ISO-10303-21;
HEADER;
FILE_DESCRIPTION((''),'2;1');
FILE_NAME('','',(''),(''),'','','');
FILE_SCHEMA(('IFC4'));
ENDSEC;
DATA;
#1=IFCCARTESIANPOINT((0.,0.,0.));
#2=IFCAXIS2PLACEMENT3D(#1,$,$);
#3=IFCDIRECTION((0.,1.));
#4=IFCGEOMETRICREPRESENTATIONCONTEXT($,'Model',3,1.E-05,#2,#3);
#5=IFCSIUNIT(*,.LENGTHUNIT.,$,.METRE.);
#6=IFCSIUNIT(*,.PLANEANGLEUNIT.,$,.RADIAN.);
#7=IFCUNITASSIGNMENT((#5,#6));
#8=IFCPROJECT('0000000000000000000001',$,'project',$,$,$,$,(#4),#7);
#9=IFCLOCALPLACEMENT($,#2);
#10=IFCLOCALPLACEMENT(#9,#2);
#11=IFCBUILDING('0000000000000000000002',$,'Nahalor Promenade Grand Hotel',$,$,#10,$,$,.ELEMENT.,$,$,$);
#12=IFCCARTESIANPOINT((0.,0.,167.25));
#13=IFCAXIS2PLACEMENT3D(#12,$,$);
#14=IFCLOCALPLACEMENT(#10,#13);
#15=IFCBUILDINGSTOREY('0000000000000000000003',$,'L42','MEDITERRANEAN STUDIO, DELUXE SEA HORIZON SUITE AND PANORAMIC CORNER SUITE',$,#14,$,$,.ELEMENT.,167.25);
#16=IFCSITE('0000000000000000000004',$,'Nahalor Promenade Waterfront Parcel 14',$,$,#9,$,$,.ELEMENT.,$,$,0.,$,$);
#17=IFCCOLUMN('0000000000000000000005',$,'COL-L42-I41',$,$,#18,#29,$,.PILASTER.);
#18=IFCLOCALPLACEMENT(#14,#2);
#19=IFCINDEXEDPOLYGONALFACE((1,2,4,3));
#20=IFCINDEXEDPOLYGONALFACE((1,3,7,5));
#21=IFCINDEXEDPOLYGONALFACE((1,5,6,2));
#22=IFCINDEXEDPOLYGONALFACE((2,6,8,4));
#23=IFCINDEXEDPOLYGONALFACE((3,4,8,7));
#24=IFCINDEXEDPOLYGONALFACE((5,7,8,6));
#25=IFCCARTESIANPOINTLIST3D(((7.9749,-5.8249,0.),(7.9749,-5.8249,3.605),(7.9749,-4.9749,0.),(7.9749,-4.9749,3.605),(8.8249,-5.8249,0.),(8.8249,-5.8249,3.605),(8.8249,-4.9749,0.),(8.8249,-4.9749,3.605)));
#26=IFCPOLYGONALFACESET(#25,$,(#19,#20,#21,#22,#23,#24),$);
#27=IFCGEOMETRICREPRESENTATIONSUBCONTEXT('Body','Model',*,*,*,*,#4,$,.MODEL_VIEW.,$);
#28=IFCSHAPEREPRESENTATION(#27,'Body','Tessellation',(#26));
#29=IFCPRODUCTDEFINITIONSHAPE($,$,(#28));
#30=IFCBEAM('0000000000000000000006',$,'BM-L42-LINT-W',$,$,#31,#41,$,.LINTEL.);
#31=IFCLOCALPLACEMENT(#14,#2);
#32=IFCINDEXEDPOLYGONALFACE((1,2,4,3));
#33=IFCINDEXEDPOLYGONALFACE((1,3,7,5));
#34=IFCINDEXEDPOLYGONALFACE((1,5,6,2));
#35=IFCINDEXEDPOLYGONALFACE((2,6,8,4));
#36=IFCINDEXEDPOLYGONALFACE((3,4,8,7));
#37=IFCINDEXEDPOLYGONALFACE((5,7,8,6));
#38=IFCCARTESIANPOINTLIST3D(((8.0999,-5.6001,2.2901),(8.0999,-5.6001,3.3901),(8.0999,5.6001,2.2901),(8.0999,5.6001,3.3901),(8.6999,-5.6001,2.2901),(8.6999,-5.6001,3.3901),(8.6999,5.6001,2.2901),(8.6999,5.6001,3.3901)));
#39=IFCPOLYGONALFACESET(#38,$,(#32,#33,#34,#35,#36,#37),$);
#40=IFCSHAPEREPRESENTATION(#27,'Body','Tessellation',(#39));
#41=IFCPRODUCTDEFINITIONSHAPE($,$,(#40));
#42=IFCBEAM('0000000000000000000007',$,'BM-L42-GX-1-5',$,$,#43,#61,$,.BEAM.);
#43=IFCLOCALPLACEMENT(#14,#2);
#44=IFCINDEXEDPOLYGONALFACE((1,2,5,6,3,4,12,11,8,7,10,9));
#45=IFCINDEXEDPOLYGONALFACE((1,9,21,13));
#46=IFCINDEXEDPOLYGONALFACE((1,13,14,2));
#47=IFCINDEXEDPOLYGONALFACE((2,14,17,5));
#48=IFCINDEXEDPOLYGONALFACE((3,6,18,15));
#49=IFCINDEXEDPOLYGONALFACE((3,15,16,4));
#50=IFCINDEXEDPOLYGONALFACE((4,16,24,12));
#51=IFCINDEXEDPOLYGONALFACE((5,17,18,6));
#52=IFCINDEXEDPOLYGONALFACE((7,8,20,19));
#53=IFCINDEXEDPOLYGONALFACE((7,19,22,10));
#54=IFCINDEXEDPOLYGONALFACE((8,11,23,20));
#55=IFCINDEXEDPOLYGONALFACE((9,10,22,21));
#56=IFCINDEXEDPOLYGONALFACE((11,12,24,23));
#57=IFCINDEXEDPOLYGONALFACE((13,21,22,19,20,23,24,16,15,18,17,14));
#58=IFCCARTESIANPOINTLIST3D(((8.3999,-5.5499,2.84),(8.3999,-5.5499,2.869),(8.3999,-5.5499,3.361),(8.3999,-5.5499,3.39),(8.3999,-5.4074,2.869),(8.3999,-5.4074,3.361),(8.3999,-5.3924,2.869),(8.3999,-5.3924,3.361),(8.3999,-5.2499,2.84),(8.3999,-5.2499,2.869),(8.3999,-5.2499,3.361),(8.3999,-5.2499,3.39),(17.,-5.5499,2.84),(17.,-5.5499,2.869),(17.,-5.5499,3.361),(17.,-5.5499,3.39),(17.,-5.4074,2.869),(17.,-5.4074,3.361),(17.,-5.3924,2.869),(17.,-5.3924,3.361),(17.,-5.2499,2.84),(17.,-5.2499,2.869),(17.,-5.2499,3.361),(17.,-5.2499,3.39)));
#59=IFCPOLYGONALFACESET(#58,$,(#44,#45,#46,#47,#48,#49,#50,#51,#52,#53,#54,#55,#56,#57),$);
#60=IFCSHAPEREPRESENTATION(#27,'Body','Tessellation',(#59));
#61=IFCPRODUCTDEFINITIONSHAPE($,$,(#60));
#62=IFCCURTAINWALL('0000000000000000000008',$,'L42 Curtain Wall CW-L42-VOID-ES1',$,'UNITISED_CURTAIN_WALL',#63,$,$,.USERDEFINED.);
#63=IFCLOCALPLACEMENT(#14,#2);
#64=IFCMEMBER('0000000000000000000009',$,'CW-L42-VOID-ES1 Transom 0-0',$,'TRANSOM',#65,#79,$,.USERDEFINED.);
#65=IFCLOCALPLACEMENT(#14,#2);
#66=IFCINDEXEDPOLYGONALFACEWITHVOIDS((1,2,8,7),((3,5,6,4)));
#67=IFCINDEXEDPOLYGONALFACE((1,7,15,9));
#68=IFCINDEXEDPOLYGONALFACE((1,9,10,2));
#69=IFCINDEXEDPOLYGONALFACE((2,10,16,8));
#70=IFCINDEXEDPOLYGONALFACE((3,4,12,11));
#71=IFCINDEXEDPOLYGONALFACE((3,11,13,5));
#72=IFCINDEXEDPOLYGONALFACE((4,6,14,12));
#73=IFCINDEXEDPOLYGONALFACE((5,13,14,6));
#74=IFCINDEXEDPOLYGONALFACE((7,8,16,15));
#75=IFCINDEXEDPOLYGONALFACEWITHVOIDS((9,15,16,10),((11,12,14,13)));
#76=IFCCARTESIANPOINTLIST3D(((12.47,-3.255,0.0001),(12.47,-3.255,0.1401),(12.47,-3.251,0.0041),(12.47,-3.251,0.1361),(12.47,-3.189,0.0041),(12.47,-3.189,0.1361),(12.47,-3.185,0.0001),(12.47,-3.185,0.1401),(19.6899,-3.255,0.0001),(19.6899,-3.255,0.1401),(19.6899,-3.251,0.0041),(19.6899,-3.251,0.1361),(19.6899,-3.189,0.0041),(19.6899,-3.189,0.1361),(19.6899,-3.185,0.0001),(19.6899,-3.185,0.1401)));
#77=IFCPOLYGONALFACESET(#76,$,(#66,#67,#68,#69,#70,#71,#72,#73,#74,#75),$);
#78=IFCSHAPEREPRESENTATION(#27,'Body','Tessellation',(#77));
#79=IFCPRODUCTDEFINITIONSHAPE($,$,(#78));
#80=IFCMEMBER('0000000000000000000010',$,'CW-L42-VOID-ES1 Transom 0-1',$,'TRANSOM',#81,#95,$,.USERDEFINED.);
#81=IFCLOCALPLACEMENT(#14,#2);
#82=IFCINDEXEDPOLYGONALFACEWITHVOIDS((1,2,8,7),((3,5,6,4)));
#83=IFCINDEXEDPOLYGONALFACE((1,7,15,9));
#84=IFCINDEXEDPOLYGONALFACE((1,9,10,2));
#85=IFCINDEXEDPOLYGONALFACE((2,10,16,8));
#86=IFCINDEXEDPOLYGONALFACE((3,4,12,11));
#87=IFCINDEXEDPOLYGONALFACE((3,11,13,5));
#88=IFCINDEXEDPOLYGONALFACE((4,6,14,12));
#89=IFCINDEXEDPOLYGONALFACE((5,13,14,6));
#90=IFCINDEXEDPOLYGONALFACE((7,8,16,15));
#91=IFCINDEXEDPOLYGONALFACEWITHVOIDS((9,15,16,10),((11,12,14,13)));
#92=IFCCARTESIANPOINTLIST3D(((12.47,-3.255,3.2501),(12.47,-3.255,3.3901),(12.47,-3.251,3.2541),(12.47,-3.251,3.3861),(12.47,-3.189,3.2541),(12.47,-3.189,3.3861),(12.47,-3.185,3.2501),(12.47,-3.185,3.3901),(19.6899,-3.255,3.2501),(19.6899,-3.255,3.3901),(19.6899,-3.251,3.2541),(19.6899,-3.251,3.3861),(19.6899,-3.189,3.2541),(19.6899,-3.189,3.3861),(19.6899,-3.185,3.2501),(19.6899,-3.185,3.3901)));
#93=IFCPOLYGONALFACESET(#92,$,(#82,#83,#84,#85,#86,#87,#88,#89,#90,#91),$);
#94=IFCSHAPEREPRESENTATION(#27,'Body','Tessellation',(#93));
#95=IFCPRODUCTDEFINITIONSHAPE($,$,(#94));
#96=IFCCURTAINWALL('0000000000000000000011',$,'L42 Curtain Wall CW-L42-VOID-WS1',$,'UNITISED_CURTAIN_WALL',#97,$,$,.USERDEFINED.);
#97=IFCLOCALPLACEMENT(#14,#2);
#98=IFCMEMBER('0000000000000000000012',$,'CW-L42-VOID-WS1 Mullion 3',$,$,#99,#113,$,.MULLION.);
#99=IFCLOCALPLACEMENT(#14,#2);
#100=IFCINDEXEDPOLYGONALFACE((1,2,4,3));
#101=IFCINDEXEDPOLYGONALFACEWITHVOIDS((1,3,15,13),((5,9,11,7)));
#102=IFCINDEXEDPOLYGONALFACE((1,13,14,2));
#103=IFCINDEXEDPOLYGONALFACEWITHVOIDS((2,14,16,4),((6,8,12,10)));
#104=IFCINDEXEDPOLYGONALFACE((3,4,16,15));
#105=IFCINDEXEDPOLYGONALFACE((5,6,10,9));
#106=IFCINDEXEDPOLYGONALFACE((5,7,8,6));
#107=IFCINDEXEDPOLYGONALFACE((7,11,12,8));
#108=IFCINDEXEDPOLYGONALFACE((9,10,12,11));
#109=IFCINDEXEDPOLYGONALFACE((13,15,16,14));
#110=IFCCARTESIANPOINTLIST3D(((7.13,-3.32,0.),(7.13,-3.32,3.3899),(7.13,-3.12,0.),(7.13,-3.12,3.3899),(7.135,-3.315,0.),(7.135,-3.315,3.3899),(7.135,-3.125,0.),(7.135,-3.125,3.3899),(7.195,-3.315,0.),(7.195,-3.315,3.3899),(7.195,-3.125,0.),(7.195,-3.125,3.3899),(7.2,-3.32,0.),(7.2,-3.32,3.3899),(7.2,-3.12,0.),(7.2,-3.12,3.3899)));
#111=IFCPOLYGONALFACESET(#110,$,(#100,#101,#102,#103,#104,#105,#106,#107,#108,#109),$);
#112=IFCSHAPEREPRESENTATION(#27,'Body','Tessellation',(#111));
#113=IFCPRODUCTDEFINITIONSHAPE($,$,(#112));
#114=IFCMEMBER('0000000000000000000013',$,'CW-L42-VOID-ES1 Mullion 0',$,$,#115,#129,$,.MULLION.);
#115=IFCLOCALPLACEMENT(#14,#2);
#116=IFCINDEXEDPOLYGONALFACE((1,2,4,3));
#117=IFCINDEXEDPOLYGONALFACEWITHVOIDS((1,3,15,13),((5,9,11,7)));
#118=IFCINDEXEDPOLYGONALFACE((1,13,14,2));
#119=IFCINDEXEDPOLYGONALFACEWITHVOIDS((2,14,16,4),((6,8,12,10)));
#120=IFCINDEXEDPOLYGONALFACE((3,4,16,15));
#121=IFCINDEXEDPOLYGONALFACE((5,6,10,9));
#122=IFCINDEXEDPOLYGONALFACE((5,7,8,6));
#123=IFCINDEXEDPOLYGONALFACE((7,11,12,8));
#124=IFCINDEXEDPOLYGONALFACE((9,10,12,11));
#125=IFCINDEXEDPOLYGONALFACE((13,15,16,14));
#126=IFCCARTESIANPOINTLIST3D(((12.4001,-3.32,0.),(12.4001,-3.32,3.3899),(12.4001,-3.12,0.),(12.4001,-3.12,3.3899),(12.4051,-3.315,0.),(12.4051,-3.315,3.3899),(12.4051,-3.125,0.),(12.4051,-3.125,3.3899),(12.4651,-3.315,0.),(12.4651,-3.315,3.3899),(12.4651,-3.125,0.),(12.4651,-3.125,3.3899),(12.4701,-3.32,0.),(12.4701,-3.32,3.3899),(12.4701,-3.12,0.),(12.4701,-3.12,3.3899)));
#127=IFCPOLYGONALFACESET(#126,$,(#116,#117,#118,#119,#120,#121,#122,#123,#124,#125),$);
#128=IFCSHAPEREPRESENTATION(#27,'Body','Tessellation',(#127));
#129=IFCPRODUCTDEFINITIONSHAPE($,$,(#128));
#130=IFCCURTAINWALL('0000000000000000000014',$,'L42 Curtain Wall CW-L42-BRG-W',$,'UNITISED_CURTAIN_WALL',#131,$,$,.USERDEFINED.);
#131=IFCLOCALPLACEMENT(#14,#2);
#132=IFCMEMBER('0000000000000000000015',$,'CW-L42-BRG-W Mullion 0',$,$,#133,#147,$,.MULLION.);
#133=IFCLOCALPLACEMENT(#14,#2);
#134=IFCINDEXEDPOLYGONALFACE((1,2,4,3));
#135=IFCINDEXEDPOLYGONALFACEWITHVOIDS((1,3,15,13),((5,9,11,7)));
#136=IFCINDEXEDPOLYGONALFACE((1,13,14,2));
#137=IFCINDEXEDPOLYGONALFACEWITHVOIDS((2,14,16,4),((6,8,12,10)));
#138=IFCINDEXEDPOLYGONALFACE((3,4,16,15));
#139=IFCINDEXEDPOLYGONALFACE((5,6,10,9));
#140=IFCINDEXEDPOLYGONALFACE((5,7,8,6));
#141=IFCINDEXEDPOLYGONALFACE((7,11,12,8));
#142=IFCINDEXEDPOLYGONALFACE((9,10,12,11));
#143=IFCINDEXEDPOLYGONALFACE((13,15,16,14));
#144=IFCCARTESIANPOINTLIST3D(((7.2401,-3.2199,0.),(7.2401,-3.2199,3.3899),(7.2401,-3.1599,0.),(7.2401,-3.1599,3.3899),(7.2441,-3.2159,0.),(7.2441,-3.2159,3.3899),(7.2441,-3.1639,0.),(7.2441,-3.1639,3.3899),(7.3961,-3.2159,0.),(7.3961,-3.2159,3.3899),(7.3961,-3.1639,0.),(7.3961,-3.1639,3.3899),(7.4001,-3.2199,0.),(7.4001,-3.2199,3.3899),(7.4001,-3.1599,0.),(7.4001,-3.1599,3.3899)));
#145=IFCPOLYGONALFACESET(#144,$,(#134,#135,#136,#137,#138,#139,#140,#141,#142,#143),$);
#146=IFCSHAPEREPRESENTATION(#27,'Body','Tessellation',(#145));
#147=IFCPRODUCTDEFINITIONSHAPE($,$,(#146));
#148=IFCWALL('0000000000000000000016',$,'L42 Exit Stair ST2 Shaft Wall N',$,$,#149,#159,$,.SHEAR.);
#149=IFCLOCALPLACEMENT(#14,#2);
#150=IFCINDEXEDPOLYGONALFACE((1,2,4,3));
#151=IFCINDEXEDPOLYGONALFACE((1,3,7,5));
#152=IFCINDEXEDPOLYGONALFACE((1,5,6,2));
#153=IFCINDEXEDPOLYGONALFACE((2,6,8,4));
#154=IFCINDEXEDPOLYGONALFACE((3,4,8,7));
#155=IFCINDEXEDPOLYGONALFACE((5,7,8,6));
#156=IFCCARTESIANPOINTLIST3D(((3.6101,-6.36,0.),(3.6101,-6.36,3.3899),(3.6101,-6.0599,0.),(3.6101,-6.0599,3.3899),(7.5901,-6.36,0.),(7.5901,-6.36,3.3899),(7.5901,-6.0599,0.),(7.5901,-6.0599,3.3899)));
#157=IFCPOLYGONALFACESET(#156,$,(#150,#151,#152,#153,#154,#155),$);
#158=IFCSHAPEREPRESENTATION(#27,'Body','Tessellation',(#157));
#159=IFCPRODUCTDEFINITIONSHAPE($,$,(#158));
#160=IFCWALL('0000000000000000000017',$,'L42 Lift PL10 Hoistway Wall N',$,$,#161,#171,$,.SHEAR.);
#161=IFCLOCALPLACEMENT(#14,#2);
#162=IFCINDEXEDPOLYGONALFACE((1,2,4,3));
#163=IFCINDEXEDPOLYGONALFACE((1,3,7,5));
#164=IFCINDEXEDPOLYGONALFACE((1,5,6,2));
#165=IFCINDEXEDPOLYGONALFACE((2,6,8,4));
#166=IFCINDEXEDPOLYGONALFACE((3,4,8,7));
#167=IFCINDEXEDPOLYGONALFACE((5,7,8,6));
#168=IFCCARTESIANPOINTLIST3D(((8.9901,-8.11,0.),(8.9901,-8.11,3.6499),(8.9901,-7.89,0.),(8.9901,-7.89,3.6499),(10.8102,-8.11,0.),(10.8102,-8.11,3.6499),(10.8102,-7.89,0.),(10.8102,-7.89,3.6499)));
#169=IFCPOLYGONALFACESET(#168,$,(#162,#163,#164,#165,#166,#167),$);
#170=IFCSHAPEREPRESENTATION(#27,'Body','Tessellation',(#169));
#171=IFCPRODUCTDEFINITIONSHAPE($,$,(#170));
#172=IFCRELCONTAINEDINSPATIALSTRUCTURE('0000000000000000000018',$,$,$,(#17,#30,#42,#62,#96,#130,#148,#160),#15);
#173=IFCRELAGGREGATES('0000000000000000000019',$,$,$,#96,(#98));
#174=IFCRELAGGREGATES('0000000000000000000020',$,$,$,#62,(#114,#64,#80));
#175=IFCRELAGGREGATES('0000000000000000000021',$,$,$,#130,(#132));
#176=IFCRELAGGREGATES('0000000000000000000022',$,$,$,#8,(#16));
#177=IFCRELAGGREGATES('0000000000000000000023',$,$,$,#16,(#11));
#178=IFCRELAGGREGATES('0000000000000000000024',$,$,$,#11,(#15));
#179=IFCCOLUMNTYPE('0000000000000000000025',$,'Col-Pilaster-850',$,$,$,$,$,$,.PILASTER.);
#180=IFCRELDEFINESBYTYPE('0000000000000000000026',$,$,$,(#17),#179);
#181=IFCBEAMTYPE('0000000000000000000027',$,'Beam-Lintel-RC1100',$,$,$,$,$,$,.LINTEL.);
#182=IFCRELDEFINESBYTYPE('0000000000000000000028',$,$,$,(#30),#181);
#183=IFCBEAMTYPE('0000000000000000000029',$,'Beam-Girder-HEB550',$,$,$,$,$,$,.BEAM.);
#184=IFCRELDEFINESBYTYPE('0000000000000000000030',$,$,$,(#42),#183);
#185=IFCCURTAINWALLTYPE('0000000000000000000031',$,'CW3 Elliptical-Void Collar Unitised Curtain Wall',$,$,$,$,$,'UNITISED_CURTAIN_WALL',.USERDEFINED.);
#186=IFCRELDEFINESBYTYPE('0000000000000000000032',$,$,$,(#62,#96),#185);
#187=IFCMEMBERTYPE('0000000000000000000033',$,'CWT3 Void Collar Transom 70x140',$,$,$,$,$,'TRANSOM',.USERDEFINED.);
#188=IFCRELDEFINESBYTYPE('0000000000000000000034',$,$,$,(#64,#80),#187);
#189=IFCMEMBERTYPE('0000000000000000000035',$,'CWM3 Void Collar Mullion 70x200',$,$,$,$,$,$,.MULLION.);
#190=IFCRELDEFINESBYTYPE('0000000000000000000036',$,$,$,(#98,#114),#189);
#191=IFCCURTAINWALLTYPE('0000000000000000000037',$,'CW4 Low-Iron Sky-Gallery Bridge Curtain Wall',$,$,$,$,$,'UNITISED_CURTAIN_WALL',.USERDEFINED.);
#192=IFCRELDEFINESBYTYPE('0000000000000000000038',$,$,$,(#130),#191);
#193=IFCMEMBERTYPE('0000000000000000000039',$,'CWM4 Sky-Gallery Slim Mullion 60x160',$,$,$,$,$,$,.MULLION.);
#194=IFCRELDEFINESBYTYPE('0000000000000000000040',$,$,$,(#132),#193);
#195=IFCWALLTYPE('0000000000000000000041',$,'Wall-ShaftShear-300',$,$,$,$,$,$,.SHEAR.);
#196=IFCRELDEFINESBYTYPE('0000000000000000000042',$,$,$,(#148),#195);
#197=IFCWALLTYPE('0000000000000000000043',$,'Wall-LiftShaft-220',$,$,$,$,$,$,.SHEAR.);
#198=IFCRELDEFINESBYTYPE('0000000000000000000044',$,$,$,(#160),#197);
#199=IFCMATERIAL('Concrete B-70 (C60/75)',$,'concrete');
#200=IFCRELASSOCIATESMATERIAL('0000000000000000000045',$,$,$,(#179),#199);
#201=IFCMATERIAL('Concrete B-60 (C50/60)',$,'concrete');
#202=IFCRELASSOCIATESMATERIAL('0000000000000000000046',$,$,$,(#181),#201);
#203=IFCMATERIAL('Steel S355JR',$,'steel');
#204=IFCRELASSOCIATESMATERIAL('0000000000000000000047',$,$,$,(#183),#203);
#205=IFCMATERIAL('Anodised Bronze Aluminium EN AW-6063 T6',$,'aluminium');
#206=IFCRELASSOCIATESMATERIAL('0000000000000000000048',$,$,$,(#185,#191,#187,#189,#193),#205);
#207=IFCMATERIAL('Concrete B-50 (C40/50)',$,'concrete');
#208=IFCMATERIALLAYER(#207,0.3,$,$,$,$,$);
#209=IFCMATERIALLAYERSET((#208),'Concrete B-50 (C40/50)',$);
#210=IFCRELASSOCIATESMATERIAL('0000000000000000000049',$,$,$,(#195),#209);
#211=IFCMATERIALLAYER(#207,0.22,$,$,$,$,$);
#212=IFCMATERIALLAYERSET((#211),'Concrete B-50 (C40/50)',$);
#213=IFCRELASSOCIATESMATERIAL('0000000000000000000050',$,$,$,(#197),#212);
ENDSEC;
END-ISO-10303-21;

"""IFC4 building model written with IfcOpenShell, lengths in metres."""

from ifc_helpers import new_model, si_unit, direction, frame, frame_2d, origin, origin_2d, place, context, subcontext, project, spatial, rectangle, hollow_rectangle, i_section, extrude, source, transform, mapped, material, layer, layer_set, material_profile, profile_set, type_object, element, aggregate, save


model = new_model("IFC4")

# Units and contexts
model_context = context("Model", 3, precision=1e-05, world=origin(), true_north=direction((0.0, 1.0)))
body_context = subcontext(model_context, "Body", "Model", "MODEL_VIEW")
ifc_project = project(units=[si_unit("LENGTHUNIT", "METRE"), si_unit("PLANEANGLEUNIT", "RADIAN")], contexts=[model_context])

# Site, building, storey
site_placement = place(None, origin())
site = spatial("IfcSite", under=ifc_project, at=site_placement, Name="Nahalor Promenade Waterfront Parcel 14", CompositionType="ELEMENT", RefElevation=0.0)
building_placement = place(site_placement, origin())
building = spatial("IfcBuilding", under=site, at=building_placement, Name="Nahalor Promenade Grand Hotel", CompositionType="ELEMENT")
storey_placement = place(building_placement, frame((0.0, 0.0, 167.25)))
storey = spatial("IfcBuildingStorey", under=building, at=storey_placement, Name="L42", Description="MEDITERRANEAN STUDIO, DELUXE SEA HORIZON SUITE AND PANORAMIC CORNER SUITE", CompositionType="ELEMENT", Elevation=167.25)

# Column
ifc_material_1 = material(Name="Concrete B-70 (C60/75)", Category="concrete")
ifc_material_profile_1 = material_profile(ifc_material_1, rectangle(XDim=0.85, YDim=0.85, at=origin_2d()), Name="RC 850x850")
ifc_profile_set_1 = profile_set([ifc_material_profile_1], Name="Concrete B-70 (C60/75)")
column_type = type_object("IfcColumnType", Name="Col-Pilaster-850", PredefinedType="PILASTER", material=ifc_profile_set_1)
shared_shape_1 = source(origin(), body_context, "Body", "SweptSolid", [
    extrude(rectangle(XDim=0.85, YDim=0.85, at=origin_2d()), origin(), (0.0, 0.0, 1.0), 3.605),
])
column_placement = place(storey_placement, frame((8.3999, -5.3999, 0.0), z_axis=(0.0, 0.0, 1.0), x_axis=(1.0, 0.0, 0.0)))
element("IfcColumn", 1, at=column_placement, inside=storey, type_object=column_type, Name="COL-L42-I41", PredefinedType="PILASTER", context=body_context, shape_type="MappedRepresentation", body=[
    mapped(shared_shape_1, transform((0.0, 0.0, 0.0), scale=1.0)),
])

# Beams
ifc_material_2 = material(Name="Concrete B-60 (C50/60)", Category="concrete")
ifc_material_profile_2 = material_profile(ifc_material_2, rectangle(XDim=0.6, YDim=1.1, at=origin_2d()), Name="RC 600x1100")
ifc_profile_set_2 = profile_set([ifc_material_profile_2], Name="Concrete B-60 (C50/60)")
beam_type_1 = type_object("IfcBeamType", Name="Beam-Lintel-RC1100", PredefinedType="LINTEL", material=ifc_profile_set_2)
shared_shape_2 = source(origin(), body_context, "Body", "SweptSolid", [
    extrude(rectangle(XDim=0.6, YDim=1.1, at=origin_2d()), origin(), (0.0, 0.0, 1.0), 11.2002),
])
beam_1_placement = place(storey_placement, frame((8.3999, -5.6001, 2.8401), z_axis=(0.0, 1.0, 0.0), x_axis=(-1.0, 0.0, 0.0)))
element("IfcBeam", 2, at=beam_1_placement, inside=storey, type_object=beam_type_1, Name="BM-L42-LINT-W", PredefinedType="LINTEL", context=body_context, shape_type="MappedRepresentation", body=[
    mapped(shared_shape_2, transform((0.0, 0.0, 0.0), scale=1.0)),
])
ifc_material_3 = material(Name="Steel S355JR", Category="steel")
ifc_material_profile_3 = material_profile(ifc_material_3, i_section(OverallWidth=0.3, OverallDepth=0.55, WebThickness=0.015, FlangeThickness=0.029, at=origin_2d()), Name="HEB 550")
ifc_profile_set_3 = profile_set([ifc_material_profile_3], Name="Steel S355JR")
beam_type_2 = type_object("IfcBeamType", Name="Beam-Girder-HEB550", PredefinedType="BEAM", material=ifc_profile_set_3)
shared_shape_3 = source(origin(), body_context, "Body", "SweptSolid", [
    extrude(i_section(OverallWidth=0.3, OverallDepth=0.55, WebThickness=0.015, FlangeThickness=0.029, at=origin_2d()), origin(), (0.0, 0.0, 1.0), 8.6001),
])
beam_2_placement = place(storey_placement, frame((8.3999, -5.3999, 3.115), z_axis=(1.0, 0.0, 0.0), x_axis=(0.0, 1.0, 0.0)))
element("IfcBeam", 3, at=beam_2_placement, inside=storey, type_object=beam_type_2, Name="BM-L42-GX-1-5", PredefinedType="BEAM", context=body_context, shape_type="MappedRepresentation", body=[
    mapped(shared_shape_3, transform((0.0, 0.0, 0.0), scale=1.0)),
])

# Curtain wall, members
ifc_material_4 = material(Name="Anodised Bronze Aluminium EN AW-6063 T6", Category="aluminium")
curtain_wall_type_1 = type_object("IfcCurtainWallType", Name="CW3 Elliptical-Void Collar Unitised Curtain Wall", ElementType="UNITISED_CURTAIN_WALL", PredefinedType="USERDEFINED", material=ifc_material_4)
curtain_wall_1_placement = place(storey_placement, origin())
curtain_wall_1 = element("IfcCurtainWall", 4, at=curtain_wall_1_placement, inside=storey, type_object=curtain_wall_type_1, Name="L42 Curtain Wall CW-L42-VOID-ES1", ObjectType="UNITISED_CURTAIN_WALL", PredefinedType="USERDEFINED")
ifc_material_profile_4 = material_profile(ifc_material_4, hollow_rectangle(XDim=0.07, YDim=0.14, WallThickness=0.004, at=origin_2d()), Name="CWT 70x140x4")
ifc_profile_set_4 = profile_set([ifc_material_profile_4], Name="Anodised Bronze Aluminium EN AW-6063 T6")
member_type_1 = type_object("IfcMemberType", Name="CWT3 Void Collar Transom 70x140", ElementType="TRANSOM", PredefinedType="USERDEFINED", material=ifc_profile_set_4)
shared_shape_4 = source(origin(), body_context, "Body", "SweptSolid", [
    extrude(hollow_rectangle(XDim=0.07, YDim=0.14, WallThickness=0.004, at=origin_2d()), origin(), (0.0, 0.0, 1.0), 7.22),
])
member_1_placement = place(storey_placement, frame((12.47, -3.22, 0.0701), z_axis=(1.0, 0.0, 0.0), x_axis=(0.0, 1.0, 0.0)))
member_1 = element("IfcMember", 5, at=member_1_placement, type_object=member_type_1, Name="CW-L42-VOID-ES1 Transom 0-0", ObjectType="TRANSOM", PredefinedType="USERDEFINED", context=body_context, shape_type="MappedRepresentation", body=[
    mapped(shared_shape_4, transform((0.0, 0.0, 0.0), scale=1.0)),
])
member_2_placement = place(storey_placement, frame((12.47, -3.22, 3.3201), z_axis=(1.0, 0.0, 0.0), x_axis=(0.0, 1.0, 0.0)))
member_2 = element("IfcMember", 6, at=member_2_placement, type_object=member_type_1, Name="CW-L42-VOID-ES1 Transom 0-1", ObjectType="TRANSOM", PredefinedType="USERDEFINED", context=body_context, shape_type="MappedRepresentation", body=[
    mapped(shared_shape_4, transform((0.0, 0.0, 0.0), scale=1.0)),
])

# Curtain wall, member
curtain_wall_2_placement = place(storey_placement, origin())
curtain_wall_2 = element("IfcCurtainWall", 7, at=curtain_wall_2_placement, inside=storey, type_object=curtain_wall_type_1, Name="L42 Curtain Wall CW-L42-VOID-WS1", ObjectType="UNITISED_CURTAIN_WALL", PredefinedType="USERDEFINED")
ifc_material_profile_5 = material_profile(ifc_material_4, hollow_rectangle(XDim=0.07, YDim=0.2, WallThickness=0.005, at=origin_2d()), Name="CWM 70x200x5")
ifc_profile_set_5 = profile_set([ifc_material_profile_5], Name="Anodised Bronze Aluminium EN AW-6063 T6")
member_type_2 = type_object("IfcMemberType", Name="CWM3 Void Collar Mullion 70x200", PredefinedType="MULLION", material=ifc_profile_set_5)
shared_shape_5 = source(origin(), body_context, "Body", "SweptSolid", [
    extrude(hollow_rectangle(XDim=0.07, YDim=0.2, WallThickness=0.005, at=origin_2d()), origin(), (0.0, 0.0, 1.0), 3.3899),
])
member_3_placement = place(storey_placement, frame((7.165, -3.22, 0.0), z_axis=(0.0, 0.0, 1.0), x_axis=(1.0, 0.0, 0.0)))
member_3 = element("IfcMember", 8, at=member_3_placement, type_object=member_type_2, Name="CW-L42-VOID-WS1 Mullion 3", PredefinedType="MULLION", context=body_context, shape_type="MappedRepresentation", body=[
    mapped(shared_shape_5, transform((0.0, 0.0, 0.0), scale=1.0)),
])
aggregate(curtain_wall_2, [member_3])

# Member
member_4_placement = place(storey_placement, frame((12.4351, -3.22, 0.0), z_axis=(0.0, 0.0, 1.0), x_axis=(1.0, 0.0, 0.0)))
member_4 = element("IfcMember", 9, at=member_4_placement, type_object=member_type_2, Name="CW-L42-VOID-ES1 Mullion 0", PredefinedType="MULLION", context=body_context, shape_type="MappedRepresentation", body=[
    mapped(shared_shape_5, transform((0.0, 0.0, 0.0), scale=1.0)),
])
aggregate(curtain_wall_1, [member_4, member_1, member_2])

# Curtain wall, member
curtain_wall_type_2 = type_object("IfcCurtainWallType", Name="CW4 Low-Iron Sky-Gallery Bridge Curtain Wall", ElementType="UNITISED_CURTAIN_WALL", PredefinedType="USERDEFINED", material=ifc_material_4)
curtain_wall_3_placement = place(storey_placement, origin())
curtain_wall_3 = element("IfcCurtainWall", 10, at=curtain_wall_3_placement, inside=storey, type_object=curtain_wall_type_2, Name="L42 Curtain Wall CW-L42-BRG-W", ObjectType="UNITISED_CURTAIN_WALL", PredefinedType="USERDEFINED")
ifc_material_profile_6 = material_profile(ifc_material_4, hollow_rectangle(XDim=0.06, YDim=0.16, WallThickness=0.004, at=origin_2d()), Name="CWM 60x160x4")
ifc_profile_set_6 = profile_set([ifc_material_profile_6], Name="Anodised Bronze Aluminium EN AW-6063 T6")
member_type_3 = type_object("IfcMemberType", Name="CWM4 Sky-Gallery Slim Mullion 60x160", PredefinedType="MULLION", material=ifc_profile_set_6)
shared_shape_6 = source(origin(), body_context, "Body", "SweptSolid", [
    extrude(hollow_rectangle(XDim=0.06, YDim=0.16, WallThickness=0.004, at=origin_2d()), origin(), (0.0, 0.0, 1.0), 3.3899),
])
member_5_placement = place(storey_placement, frame((7.3201, -3.1899, 0.0), z_axis=(0.0, 0.0, 1.0), x_axis=(0.0, 1.0, 0.0)))
member_5 = element("IfcMember", 11, at=member_5_placement, type_object=member_type_3, Name="CW-L42-BRG-W Mullion 0", PredefinedType="MULLION", context=body_context, shape_type="MappedRepresentation", body=[
    mapped(shared_shape_6, transform((0.0, 0.0, 0.0), scale=1.0)),
])
aggregate(curtain_wall_3, [member_5])

# Walls
ifc_material_5 = material(Name="Concrete B-50 (C40/50)", Category="concrete")
ifc_layer_1 = layer(ifc_material_5, 0.3)
ifc_layer_set_1 = layer_set([ifc_layer_1], Name="Concrete B-50 (C40/50)")
wall_type_1 = type_object("IfcWallType", Name="Wall-ShaftShear-300", PredefinedType="SHEAR", material=ifc_layer_set_1)
shared_shape_7 = source(origin(), body_context, "Body", "SweptSolid", [
    extrude(rectangle(XDim=3.98, YDim=0.3, at=frame_2d((1.99, 0.0))), origin(), (0.0, 0.0, 1.0), 3.3899),
])
wall_1_placement = place(storey_placement, frame((3.6101, -6.21, 0.0), z_axis=(0.0, 0.0, 1.0), x_axis=(1.0, 0.0, 0.0)))
element("IfcWall", 12, at=wall_1_placement, inside=storey, type_object=wall_type_1, Name="L42 Exit Stair ST2 Shaft Wall N", PredefinedType="SHEAR", context=body_context, shape_type="MappedRepresentation", body=[
    mapped(shared_shape_7, transform((0.0, 0.0, 0.0), scale=1.0)),
])
ifc_layer_2 = layer(ifc_material_5, 0.22)
ifc_layer_set_2 = layer_set([ifc_layer_2], Name="Concrete B-50 (C40/50)")
wall_type_2 = type_object("IfcWallType", Name="Wall-LiftShaft-220", PredefinedType="SHEAR", material=ifc_layer_set_2)
shared_shape_8 = source(origin(), body_context, "Body", "SweptSolid", [
    extrude(rectangle(XDim=1.8201, YDim=0.22, at=frame_2d((0.9102, 0.0))), origin(), (0.0, 0.0, 1.0), 3.6499),
])
for number, where, z_axis, x_axis, name in (
    (13, (8.99, -8.0, 0.0), (0.0, 0.0, 1.0), (1.0, 0.0, 0.0), "L42 Lift PL10 Hoistway Wall N"),
):
    element("IfcWall", number, at=place(storey_placement, frame(where, z_axis=z_axis, x_axis=x_axis)), inside=storey, type_object=wall_type_2, Name=name, PredefinedType="SHEAR", context=body_context, shape_type="MappedRepresentation", body=[
        mapped(shared_shape_8, transform((0.0, 0.0, 0.0), scale=1.0)),
    ])

save(model, "model.ifc")
